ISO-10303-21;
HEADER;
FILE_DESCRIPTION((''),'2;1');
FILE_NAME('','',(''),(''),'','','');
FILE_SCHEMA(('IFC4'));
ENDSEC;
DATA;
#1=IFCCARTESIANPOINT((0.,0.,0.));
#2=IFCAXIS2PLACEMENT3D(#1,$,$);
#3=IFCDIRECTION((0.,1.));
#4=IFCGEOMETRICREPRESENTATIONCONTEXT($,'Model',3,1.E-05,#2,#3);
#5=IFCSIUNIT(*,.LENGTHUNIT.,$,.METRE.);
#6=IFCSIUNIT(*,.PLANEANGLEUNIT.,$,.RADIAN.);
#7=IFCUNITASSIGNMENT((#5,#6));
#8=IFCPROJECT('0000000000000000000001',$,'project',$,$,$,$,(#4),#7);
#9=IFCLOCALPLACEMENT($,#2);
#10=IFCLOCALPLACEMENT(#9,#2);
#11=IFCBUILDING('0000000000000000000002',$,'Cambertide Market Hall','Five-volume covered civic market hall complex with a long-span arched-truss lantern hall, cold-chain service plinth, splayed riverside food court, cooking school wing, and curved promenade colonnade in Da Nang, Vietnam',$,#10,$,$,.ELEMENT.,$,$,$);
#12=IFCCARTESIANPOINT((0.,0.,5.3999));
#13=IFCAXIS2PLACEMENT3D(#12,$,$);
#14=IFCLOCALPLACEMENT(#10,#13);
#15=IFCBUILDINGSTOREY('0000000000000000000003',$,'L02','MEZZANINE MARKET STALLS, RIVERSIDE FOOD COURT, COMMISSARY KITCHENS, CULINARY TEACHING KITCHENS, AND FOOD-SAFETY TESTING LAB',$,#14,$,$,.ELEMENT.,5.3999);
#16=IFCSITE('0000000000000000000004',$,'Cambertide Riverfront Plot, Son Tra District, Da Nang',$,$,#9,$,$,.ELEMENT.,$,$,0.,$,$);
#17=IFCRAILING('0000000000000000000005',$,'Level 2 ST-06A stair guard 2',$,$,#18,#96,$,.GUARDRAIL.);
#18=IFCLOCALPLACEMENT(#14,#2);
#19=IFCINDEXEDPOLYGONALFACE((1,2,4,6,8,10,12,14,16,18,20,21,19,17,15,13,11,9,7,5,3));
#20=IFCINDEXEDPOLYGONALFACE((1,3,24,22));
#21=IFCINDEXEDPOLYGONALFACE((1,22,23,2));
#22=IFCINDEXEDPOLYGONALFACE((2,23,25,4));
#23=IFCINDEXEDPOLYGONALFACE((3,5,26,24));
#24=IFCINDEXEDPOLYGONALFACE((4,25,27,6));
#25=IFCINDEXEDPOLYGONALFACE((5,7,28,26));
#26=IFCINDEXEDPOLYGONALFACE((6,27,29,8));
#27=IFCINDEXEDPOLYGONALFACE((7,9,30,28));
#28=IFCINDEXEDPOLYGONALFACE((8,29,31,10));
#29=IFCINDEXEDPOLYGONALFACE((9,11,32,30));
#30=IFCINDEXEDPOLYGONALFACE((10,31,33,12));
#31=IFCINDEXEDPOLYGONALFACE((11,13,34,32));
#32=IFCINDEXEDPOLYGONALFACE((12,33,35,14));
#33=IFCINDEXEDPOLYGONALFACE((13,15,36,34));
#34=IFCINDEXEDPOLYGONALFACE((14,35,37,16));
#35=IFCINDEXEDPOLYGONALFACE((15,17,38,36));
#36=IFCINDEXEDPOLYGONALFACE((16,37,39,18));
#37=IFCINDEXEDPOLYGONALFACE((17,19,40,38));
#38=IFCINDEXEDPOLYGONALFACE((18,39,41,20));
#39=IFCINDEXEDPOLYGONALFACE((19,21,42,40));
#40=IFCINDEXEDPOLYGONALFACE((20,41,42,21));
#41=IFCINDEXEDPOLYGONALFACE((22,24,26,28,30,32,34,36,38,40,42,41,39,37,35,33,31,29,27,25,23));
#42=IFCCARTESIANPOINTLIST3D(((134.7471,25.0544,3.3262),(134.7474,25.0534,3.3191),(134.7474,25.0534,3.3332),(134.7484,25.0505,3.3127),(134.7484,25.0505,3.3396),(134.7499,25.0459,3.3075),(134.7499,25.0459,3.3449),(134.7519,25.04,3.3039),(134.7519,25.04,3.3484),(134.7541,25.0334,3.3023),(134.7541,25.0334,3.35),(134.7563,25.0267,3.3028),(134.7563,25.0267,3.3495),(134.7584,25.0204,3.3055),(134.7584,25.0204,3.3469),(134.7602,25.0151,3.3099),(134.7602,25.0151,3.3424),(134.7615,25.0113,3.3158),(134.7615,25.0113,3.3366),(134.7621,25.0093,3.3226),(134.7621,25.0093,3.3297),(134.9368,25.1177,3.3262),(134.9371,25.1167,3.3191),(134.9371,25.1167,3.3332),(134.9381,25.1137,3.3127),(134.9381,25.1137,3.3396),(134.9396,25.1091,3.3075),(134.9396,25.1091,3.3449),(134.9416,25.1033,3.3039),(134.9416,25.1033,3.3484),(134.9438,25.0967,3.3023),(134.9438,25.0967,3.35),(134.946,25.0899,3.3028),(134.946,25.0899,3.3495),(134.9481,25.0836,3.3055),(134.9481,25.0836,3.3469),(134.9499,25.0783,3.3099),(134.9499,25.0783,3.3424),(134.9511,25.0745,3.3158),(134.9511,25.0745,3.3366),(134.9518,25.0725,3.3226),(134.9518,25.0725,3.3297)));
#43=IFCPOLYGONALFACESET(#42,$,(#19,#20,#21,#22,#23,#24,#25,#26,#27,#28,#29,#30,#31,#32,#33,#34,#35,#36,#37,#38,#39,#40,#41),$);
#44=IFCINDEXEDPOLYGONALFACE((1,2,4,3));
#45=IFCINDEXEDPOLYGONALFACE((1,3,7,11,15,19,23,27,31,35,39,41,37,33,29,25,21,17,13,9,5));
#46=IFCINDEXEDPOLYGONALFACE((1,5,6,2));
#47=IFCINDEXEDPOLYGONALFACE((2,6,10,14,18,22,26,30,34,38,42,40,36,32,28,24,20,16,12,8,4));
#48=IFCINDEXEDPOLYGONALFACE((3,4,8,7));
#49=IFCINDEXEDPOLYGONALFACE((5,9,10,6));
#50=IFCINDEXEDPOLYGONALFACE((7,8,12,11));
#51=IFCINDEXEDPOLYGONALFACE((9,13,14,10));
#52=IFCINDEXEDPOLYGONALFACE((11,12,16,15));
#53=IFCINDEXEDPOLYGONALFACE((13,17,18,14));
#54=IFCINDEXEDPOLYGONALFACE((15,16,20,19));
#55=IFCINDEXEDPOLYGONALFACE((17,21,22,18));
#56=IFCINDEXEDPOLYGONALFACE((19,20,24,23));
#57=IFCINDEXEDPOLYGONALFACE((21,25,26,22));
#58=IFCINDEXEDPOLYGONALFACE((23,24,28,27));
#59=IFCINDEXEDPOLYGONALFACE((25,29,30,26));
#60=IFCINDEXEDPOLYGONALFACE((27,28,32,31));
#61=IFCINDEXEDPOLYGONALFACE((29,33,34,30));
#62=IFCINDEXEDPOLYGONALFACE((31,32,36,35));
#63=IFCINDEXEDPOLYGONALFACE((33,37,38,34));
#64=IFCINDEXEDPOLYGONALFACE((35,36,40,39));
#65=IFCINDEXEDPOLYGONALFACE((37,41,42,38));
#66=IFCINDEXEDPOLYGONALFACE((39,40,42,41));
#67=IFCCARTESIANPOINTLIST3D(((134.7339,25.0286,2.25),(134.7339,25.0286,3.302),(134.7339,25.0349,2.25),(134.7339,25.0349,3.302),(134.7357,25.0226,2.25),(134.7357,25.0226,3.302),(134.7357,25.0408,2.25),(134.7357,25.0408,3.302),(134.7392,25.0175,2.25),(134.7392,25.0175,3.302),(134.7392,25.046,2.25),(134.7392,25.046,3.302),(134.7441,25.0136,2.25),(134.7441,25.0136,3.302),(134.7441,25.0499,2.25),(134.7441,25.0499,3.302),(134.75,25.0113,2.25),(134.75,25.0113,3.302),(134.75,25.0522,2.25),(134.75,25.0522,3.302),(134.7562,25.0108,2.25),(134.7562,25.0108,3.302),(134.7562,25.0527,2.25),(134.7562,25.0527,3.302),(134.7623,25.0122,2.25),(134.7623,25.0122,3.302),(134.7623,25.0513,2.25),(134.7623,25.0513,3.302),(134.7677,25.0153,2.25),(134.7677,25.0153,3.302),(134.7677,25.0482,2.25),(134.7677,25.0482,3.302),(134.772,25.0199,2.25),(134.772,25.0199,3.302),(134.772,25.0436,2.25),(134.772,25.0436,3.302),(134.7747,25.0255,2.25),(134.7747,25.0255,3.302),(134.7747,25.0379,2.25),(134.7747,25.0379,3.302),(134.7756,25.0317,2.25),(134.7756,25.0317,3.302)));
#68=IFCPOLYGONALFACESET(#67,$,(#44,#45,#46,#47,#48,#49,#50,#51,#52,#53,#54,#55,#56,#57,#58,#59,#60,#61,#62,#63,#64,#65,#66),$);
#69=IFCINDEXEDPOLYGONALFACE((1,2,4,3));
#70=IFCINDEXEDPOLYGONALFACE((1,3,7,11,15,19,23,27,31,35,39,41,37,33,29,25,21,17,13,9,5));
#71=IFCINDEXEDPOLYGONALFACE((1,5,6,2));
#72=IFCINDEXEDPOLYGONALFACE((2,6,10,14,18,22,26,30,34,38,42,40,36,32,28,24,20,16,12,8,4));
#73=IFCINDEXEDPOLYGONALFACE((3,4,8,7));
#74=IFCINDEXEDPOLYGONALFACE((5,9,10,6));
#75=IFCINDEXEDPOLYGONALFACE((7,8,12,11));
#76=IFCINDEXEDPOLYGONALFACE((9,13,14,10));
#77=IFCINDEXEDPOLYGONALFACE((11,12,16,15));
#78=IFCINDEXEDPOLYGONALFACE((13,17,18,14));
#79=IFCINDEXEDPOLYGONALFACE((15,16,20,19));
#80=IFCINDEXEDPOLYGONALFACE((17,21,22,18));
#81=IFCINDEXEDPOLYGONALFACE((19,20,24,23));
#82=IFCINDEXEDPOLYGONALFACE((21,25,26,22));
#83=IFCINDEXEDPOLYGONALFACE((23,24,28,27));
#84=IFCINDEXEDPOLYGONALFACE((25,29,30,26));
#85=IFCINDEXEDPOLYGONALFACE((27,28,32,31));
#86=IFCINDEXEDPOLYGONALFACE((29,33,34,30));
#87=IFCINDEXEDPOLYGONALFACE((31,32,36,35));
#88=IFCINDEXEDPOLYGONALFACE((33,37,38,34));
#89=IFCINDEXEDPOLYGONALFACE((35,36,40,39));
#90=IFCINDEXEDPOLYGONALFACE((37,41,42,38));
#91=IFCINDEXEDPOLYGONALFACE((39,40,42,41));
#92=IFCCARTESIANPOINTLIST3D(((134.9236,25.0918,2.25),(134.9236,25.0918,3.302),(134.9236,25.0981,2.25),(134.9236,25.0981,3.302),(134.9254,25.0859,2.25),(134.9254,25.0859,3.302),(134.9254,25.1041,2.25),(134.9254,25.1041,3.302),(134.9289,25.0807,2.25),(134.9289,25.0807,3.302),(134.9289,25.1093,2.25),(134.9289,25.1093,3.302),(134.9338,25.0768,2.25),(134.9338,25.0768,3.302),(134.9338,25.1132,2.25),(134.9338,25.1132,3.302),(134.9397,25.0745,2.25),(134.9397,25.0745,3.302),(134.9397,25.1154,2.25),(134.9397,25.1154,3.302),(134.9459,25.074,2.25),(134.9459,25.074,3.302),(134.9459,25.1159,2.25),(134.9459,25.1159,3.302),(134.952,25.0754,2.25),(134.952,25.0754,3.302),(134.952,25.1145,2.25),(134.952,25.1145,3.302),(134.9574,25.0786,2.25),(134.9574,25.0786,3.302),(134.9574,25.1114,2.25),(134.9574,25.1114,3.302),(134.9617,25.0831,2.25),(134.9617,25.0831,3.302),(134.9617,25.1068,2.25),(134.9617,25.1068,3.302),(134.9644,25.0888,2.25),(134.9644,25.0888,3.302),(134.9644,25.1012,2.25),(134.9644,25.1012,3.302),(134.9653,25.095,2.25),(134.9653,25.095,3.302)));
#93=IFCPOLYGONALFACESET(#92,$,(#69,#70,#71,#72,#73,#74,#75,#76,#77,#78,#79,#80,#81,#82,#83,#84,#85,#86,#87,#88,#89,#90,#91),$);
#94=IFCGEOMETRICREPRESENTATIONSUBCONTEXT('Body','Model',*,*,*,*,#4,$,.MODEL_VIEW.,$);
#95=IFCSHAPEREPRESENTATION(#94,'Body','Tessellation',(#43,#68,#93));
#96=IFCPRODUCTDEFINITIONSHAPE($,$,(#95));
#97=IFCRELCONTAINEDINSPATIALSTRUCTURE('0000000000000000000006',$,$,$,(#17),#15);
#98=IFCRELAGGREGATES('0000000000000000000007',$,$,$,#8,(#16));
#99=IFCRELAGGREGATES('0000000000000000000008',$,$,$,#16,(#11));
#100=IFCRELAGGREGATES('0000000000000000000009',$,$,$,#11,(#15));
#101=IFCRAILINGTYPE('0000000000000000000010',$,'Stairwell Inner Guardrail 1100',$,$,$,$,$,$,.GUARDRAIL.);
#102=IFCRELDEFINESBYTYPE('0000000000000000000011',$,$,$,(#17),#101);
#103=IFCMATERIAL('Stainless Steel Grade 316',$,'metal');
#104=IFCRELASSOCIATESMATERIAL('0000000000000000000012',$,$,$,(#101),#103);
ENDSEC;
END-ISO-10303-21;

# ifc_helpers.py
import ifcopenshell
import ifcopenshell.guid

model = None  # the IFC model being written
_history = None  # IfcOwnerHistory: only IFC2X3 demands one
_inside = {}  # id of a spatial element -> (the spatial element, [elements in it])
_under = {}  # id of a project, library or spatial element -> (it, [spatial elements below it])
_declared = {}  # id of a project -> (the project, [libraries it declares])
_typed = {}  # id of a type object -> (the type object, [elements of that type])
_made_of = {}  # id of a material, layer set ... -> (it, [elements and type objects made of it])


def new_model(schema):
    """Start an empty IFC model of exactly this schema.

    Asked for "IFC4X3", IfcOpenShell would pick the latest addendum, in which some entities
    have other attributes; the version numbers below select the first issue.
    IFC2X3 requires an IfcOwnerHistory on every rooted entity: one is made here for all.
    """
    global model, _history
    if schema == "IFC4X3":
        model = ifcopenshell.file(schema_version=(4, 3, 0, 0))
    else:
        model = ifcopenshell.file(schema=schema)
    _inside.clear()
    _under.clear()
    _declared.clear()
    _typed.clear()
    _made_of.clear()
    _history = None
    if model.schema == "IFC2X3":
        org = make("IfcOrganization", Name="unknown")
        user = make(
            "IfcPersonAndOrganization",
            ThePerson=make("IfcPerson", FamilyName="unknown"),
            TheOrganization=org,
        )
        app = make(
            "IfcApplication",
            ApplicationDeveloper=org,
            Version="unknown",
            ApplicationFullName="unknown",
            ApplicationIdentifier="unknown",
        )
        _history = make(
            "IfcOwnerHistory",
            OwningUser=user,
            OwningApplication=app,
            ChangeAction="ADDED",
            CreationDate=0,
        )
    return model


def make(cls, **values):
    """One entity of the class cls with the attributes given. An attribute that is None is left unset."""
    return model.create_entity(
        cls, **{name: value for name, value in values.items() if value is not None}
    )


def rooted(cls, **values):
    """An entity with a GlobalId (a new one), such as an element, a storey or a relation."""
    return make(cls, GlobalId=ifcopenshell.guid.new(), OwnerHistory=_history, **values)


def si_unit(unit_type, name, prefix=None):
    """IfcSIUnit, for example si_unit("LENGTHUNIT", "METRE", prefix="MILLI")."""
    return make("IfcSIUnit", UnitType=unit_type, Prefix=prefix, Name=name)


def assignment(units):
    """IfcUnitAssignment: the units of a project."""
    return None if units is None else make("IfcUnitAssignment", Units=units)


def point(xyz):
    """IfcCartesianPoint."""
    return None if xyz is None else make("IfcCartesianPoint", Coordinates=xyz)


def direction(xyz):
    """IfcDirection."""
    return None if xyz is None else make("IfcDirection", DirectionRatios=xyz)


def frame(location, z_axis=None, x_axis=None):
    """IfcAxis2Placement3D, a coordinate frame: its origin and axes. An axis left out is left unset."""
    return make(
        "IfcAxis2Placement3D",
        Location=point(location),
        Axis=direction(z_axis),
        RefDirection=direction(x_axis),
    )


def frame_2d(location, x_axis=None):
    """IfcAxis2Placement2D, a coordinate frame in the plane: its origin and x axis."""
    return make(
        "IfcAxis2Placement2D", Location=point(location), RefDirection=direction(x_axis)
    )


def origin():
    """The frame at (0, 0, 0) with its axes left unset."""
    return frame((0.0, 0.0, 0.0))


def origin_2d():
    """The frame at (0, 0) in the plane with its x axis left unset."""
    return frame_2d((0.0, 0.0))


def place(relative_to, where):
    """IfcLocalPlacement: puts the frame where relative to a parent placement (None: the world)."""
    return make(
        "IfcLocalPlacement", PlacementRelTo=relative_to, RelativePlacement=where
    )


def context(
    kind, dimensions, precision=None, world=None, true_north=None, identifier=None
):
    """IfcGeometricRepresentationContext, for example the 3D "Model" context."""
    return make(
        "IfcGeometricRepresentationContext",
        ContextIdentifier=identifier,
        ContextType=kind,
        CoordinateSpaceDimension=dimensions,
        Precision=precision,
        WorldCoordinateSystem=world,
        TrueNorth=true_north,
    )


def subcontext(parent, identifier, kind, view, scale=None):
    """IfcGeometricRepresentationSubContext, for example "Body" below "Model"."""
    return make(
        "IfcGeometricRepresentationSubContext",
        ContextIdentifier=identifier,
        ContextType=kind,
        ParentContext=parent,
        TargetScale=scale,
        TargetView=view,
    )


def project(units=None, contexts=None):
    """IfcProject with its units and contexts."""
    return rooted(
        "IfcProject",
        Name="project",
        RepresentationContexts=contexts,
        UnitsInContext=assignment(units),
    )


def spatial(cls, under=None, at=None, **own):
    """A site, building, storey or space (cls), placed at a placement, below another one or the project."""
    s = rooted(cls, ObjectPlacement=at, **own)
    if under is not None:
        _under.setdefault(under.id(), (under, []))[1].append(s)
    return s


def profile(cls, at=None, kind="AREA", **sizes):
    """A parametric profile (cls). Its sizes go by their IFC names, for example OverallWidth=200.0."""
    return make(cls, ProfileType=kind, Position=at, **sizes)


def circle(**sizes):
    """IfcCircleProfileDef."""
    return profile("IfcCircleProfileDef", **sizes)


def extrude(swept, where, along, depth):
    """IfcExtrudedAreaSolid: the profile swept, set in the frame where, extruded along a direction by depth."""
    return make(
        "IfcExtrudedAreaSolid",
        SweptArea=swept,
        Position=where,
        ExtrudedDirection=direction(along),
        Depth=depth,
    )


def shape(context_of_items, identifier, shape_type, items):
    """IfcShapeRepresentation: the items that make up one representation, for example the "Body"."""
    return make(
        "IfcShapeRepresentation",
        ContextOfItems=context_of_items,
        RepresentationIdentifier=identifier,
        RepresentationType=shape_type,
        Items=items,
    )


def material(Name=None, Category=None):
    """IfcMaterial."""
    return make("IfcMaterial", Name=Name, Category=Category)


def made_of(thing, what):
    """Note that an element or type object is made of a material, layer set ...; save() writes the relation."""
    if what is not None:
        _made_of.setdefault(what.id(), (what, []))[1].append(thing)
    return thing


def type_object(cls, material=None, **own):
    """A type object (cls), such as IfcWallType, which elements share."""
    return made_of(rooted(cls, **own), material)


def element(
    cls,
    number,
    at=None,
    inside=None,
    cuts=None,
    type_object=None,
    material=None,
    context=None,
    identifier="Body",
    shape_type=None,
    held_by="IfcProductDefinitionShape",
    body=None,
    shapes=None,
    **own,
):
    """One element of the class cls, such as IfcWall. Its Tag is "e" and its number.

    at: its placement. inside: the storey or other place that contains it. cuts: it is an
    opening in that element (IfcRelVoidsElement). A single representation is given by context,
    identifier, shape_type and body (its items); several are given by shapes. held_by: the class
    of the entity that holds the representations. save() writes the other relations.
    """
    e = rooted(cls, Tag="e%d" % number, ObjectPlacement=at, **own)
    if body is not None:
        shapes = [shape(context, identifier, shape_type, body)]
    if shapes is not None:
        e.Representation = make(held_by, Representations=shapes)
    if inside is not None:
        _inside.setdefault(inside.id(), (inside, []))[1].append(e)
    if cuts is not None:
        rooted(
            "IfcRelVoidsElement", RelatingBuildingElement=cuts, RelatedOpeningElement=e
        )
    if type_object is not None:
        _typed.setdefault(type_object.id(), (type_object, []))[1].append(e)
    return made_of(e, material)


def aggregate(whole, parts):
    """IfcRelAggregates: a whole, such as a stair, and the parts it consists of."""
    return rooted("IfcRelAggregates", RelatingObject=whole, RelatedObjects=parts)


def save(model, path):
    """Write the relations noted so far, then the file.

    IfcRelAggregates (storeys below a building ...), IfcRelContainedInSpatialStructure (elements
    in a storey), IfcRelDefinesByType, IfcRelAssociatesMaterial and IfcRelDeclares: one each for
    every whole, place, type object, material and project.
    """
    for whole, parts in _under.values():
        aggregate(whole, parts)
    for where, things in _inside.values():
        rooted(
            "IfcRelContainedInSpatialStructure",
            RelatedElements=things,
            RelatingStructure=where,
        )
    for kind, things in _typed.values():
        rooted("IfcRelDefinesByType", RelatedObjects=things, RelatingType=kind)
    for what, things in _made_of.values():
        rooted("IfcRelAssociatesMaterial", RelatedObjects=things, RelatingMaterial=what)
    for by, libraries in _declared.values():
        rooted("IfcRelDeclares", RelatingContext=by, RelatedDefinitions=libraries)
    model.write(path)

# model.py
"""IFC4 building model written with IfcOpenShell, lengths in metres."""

from ifc_helpers import new_model, si_unit, direction, frame, origin, origin_2d, place, context, subcontext, project, spatial, circle, extrude, material, type_object, element, save


model = new_model("IFC4")

# Units and contexts
model_context = context("Model", 3, precision=1e-05, world=origin(), true_north=direction((0.0, 1.0)))
body_context = subcontext(model_context, "Body", "Model", "MODEL_VIEW")
ifc_project = project(units=[si_unit("LENGTHUNIT", "METRE"), si_unit("PLANEANGLEUNIT", "RADIAN")], contexts=[model_context])

# Site, building, storey
site_placement = place(None, origin())
site = spatial("IfcSite", under=ifc_project, at=site_placement, Name="Cambertide Riverfront Plot, Son Tra District, Da Nang", CompositionType="ELEMENT", RefElevation=0.0)
building_placement = place(site_placement, origin())
building = spatial("IfcBuilding", under=site, at=building_placement, Name="Cambertide Market Hall", Description="Five-volume covered civic market hall complex with a long-span arched-truss lantern hall, cold-chain service plinth, splayed riverside food court, cooking school wing, and curved promenade colonnade in Da Nang, Vietnam", CompositionType="ELEMENT")
storey_placement = place(building_placement, frame((0.0, 0.0, 5.3999)))
storey = spatial("IfcBuildingStorey", under=building, at=storey_placement, Name="L02", Description="MEZZANINE MARKET STALLS, RIVERSIDE FOOD COURT, COMMISSARY KITCHENS, CULINARY TEACHING KITCHENS, AND FOOD-SAFETY TESTING LAB", CompositionType="ELEMENT", Elevation=5.3999)

# Railing
ifc_material_1 = material(Name="Stainless Steel Grade 316", Category="metal")
railing_type_1 = type_object("IfcRailingType", Name="Stairwell Inner Guardrail 1100", PredefinedType="GUARDRAIL", material=ifc_material_1)
railing_1_placement = place(storey_placement, frame((134.7546, 25.0317, 2.25)))
element("IfcRailing", 1, at=railing_1_placement, inside=storey, type_object=railing_type_1, Name="Level 2 ST-06A stair guard 2", PredefinedType="GUARDRAIL", context=body_context, shape_type="SweptSolid", body=[
    extrude(circle(Radius=0.0239, at=origin_2d()), frame((0.0, 0.0, 1.0762), z_axis=(0.948683, 0.316228, 0.0), x_axis=(-0.316228, 0.948683, 0.0)), (0.0, 0.0, 1.0), 0.2),
    extrude(circle(Radius=0.021, at=origin_2d()), origin(), (0.0, 0.0, 1.0), 1.052),
    extrude(circle(Radius=0.021, at=origin_2d()), frame((0.1897, 0.0632, 0.0)), (0.0, 0.0, 1.0), 1.052),
])

save(model, "model.ifc")
